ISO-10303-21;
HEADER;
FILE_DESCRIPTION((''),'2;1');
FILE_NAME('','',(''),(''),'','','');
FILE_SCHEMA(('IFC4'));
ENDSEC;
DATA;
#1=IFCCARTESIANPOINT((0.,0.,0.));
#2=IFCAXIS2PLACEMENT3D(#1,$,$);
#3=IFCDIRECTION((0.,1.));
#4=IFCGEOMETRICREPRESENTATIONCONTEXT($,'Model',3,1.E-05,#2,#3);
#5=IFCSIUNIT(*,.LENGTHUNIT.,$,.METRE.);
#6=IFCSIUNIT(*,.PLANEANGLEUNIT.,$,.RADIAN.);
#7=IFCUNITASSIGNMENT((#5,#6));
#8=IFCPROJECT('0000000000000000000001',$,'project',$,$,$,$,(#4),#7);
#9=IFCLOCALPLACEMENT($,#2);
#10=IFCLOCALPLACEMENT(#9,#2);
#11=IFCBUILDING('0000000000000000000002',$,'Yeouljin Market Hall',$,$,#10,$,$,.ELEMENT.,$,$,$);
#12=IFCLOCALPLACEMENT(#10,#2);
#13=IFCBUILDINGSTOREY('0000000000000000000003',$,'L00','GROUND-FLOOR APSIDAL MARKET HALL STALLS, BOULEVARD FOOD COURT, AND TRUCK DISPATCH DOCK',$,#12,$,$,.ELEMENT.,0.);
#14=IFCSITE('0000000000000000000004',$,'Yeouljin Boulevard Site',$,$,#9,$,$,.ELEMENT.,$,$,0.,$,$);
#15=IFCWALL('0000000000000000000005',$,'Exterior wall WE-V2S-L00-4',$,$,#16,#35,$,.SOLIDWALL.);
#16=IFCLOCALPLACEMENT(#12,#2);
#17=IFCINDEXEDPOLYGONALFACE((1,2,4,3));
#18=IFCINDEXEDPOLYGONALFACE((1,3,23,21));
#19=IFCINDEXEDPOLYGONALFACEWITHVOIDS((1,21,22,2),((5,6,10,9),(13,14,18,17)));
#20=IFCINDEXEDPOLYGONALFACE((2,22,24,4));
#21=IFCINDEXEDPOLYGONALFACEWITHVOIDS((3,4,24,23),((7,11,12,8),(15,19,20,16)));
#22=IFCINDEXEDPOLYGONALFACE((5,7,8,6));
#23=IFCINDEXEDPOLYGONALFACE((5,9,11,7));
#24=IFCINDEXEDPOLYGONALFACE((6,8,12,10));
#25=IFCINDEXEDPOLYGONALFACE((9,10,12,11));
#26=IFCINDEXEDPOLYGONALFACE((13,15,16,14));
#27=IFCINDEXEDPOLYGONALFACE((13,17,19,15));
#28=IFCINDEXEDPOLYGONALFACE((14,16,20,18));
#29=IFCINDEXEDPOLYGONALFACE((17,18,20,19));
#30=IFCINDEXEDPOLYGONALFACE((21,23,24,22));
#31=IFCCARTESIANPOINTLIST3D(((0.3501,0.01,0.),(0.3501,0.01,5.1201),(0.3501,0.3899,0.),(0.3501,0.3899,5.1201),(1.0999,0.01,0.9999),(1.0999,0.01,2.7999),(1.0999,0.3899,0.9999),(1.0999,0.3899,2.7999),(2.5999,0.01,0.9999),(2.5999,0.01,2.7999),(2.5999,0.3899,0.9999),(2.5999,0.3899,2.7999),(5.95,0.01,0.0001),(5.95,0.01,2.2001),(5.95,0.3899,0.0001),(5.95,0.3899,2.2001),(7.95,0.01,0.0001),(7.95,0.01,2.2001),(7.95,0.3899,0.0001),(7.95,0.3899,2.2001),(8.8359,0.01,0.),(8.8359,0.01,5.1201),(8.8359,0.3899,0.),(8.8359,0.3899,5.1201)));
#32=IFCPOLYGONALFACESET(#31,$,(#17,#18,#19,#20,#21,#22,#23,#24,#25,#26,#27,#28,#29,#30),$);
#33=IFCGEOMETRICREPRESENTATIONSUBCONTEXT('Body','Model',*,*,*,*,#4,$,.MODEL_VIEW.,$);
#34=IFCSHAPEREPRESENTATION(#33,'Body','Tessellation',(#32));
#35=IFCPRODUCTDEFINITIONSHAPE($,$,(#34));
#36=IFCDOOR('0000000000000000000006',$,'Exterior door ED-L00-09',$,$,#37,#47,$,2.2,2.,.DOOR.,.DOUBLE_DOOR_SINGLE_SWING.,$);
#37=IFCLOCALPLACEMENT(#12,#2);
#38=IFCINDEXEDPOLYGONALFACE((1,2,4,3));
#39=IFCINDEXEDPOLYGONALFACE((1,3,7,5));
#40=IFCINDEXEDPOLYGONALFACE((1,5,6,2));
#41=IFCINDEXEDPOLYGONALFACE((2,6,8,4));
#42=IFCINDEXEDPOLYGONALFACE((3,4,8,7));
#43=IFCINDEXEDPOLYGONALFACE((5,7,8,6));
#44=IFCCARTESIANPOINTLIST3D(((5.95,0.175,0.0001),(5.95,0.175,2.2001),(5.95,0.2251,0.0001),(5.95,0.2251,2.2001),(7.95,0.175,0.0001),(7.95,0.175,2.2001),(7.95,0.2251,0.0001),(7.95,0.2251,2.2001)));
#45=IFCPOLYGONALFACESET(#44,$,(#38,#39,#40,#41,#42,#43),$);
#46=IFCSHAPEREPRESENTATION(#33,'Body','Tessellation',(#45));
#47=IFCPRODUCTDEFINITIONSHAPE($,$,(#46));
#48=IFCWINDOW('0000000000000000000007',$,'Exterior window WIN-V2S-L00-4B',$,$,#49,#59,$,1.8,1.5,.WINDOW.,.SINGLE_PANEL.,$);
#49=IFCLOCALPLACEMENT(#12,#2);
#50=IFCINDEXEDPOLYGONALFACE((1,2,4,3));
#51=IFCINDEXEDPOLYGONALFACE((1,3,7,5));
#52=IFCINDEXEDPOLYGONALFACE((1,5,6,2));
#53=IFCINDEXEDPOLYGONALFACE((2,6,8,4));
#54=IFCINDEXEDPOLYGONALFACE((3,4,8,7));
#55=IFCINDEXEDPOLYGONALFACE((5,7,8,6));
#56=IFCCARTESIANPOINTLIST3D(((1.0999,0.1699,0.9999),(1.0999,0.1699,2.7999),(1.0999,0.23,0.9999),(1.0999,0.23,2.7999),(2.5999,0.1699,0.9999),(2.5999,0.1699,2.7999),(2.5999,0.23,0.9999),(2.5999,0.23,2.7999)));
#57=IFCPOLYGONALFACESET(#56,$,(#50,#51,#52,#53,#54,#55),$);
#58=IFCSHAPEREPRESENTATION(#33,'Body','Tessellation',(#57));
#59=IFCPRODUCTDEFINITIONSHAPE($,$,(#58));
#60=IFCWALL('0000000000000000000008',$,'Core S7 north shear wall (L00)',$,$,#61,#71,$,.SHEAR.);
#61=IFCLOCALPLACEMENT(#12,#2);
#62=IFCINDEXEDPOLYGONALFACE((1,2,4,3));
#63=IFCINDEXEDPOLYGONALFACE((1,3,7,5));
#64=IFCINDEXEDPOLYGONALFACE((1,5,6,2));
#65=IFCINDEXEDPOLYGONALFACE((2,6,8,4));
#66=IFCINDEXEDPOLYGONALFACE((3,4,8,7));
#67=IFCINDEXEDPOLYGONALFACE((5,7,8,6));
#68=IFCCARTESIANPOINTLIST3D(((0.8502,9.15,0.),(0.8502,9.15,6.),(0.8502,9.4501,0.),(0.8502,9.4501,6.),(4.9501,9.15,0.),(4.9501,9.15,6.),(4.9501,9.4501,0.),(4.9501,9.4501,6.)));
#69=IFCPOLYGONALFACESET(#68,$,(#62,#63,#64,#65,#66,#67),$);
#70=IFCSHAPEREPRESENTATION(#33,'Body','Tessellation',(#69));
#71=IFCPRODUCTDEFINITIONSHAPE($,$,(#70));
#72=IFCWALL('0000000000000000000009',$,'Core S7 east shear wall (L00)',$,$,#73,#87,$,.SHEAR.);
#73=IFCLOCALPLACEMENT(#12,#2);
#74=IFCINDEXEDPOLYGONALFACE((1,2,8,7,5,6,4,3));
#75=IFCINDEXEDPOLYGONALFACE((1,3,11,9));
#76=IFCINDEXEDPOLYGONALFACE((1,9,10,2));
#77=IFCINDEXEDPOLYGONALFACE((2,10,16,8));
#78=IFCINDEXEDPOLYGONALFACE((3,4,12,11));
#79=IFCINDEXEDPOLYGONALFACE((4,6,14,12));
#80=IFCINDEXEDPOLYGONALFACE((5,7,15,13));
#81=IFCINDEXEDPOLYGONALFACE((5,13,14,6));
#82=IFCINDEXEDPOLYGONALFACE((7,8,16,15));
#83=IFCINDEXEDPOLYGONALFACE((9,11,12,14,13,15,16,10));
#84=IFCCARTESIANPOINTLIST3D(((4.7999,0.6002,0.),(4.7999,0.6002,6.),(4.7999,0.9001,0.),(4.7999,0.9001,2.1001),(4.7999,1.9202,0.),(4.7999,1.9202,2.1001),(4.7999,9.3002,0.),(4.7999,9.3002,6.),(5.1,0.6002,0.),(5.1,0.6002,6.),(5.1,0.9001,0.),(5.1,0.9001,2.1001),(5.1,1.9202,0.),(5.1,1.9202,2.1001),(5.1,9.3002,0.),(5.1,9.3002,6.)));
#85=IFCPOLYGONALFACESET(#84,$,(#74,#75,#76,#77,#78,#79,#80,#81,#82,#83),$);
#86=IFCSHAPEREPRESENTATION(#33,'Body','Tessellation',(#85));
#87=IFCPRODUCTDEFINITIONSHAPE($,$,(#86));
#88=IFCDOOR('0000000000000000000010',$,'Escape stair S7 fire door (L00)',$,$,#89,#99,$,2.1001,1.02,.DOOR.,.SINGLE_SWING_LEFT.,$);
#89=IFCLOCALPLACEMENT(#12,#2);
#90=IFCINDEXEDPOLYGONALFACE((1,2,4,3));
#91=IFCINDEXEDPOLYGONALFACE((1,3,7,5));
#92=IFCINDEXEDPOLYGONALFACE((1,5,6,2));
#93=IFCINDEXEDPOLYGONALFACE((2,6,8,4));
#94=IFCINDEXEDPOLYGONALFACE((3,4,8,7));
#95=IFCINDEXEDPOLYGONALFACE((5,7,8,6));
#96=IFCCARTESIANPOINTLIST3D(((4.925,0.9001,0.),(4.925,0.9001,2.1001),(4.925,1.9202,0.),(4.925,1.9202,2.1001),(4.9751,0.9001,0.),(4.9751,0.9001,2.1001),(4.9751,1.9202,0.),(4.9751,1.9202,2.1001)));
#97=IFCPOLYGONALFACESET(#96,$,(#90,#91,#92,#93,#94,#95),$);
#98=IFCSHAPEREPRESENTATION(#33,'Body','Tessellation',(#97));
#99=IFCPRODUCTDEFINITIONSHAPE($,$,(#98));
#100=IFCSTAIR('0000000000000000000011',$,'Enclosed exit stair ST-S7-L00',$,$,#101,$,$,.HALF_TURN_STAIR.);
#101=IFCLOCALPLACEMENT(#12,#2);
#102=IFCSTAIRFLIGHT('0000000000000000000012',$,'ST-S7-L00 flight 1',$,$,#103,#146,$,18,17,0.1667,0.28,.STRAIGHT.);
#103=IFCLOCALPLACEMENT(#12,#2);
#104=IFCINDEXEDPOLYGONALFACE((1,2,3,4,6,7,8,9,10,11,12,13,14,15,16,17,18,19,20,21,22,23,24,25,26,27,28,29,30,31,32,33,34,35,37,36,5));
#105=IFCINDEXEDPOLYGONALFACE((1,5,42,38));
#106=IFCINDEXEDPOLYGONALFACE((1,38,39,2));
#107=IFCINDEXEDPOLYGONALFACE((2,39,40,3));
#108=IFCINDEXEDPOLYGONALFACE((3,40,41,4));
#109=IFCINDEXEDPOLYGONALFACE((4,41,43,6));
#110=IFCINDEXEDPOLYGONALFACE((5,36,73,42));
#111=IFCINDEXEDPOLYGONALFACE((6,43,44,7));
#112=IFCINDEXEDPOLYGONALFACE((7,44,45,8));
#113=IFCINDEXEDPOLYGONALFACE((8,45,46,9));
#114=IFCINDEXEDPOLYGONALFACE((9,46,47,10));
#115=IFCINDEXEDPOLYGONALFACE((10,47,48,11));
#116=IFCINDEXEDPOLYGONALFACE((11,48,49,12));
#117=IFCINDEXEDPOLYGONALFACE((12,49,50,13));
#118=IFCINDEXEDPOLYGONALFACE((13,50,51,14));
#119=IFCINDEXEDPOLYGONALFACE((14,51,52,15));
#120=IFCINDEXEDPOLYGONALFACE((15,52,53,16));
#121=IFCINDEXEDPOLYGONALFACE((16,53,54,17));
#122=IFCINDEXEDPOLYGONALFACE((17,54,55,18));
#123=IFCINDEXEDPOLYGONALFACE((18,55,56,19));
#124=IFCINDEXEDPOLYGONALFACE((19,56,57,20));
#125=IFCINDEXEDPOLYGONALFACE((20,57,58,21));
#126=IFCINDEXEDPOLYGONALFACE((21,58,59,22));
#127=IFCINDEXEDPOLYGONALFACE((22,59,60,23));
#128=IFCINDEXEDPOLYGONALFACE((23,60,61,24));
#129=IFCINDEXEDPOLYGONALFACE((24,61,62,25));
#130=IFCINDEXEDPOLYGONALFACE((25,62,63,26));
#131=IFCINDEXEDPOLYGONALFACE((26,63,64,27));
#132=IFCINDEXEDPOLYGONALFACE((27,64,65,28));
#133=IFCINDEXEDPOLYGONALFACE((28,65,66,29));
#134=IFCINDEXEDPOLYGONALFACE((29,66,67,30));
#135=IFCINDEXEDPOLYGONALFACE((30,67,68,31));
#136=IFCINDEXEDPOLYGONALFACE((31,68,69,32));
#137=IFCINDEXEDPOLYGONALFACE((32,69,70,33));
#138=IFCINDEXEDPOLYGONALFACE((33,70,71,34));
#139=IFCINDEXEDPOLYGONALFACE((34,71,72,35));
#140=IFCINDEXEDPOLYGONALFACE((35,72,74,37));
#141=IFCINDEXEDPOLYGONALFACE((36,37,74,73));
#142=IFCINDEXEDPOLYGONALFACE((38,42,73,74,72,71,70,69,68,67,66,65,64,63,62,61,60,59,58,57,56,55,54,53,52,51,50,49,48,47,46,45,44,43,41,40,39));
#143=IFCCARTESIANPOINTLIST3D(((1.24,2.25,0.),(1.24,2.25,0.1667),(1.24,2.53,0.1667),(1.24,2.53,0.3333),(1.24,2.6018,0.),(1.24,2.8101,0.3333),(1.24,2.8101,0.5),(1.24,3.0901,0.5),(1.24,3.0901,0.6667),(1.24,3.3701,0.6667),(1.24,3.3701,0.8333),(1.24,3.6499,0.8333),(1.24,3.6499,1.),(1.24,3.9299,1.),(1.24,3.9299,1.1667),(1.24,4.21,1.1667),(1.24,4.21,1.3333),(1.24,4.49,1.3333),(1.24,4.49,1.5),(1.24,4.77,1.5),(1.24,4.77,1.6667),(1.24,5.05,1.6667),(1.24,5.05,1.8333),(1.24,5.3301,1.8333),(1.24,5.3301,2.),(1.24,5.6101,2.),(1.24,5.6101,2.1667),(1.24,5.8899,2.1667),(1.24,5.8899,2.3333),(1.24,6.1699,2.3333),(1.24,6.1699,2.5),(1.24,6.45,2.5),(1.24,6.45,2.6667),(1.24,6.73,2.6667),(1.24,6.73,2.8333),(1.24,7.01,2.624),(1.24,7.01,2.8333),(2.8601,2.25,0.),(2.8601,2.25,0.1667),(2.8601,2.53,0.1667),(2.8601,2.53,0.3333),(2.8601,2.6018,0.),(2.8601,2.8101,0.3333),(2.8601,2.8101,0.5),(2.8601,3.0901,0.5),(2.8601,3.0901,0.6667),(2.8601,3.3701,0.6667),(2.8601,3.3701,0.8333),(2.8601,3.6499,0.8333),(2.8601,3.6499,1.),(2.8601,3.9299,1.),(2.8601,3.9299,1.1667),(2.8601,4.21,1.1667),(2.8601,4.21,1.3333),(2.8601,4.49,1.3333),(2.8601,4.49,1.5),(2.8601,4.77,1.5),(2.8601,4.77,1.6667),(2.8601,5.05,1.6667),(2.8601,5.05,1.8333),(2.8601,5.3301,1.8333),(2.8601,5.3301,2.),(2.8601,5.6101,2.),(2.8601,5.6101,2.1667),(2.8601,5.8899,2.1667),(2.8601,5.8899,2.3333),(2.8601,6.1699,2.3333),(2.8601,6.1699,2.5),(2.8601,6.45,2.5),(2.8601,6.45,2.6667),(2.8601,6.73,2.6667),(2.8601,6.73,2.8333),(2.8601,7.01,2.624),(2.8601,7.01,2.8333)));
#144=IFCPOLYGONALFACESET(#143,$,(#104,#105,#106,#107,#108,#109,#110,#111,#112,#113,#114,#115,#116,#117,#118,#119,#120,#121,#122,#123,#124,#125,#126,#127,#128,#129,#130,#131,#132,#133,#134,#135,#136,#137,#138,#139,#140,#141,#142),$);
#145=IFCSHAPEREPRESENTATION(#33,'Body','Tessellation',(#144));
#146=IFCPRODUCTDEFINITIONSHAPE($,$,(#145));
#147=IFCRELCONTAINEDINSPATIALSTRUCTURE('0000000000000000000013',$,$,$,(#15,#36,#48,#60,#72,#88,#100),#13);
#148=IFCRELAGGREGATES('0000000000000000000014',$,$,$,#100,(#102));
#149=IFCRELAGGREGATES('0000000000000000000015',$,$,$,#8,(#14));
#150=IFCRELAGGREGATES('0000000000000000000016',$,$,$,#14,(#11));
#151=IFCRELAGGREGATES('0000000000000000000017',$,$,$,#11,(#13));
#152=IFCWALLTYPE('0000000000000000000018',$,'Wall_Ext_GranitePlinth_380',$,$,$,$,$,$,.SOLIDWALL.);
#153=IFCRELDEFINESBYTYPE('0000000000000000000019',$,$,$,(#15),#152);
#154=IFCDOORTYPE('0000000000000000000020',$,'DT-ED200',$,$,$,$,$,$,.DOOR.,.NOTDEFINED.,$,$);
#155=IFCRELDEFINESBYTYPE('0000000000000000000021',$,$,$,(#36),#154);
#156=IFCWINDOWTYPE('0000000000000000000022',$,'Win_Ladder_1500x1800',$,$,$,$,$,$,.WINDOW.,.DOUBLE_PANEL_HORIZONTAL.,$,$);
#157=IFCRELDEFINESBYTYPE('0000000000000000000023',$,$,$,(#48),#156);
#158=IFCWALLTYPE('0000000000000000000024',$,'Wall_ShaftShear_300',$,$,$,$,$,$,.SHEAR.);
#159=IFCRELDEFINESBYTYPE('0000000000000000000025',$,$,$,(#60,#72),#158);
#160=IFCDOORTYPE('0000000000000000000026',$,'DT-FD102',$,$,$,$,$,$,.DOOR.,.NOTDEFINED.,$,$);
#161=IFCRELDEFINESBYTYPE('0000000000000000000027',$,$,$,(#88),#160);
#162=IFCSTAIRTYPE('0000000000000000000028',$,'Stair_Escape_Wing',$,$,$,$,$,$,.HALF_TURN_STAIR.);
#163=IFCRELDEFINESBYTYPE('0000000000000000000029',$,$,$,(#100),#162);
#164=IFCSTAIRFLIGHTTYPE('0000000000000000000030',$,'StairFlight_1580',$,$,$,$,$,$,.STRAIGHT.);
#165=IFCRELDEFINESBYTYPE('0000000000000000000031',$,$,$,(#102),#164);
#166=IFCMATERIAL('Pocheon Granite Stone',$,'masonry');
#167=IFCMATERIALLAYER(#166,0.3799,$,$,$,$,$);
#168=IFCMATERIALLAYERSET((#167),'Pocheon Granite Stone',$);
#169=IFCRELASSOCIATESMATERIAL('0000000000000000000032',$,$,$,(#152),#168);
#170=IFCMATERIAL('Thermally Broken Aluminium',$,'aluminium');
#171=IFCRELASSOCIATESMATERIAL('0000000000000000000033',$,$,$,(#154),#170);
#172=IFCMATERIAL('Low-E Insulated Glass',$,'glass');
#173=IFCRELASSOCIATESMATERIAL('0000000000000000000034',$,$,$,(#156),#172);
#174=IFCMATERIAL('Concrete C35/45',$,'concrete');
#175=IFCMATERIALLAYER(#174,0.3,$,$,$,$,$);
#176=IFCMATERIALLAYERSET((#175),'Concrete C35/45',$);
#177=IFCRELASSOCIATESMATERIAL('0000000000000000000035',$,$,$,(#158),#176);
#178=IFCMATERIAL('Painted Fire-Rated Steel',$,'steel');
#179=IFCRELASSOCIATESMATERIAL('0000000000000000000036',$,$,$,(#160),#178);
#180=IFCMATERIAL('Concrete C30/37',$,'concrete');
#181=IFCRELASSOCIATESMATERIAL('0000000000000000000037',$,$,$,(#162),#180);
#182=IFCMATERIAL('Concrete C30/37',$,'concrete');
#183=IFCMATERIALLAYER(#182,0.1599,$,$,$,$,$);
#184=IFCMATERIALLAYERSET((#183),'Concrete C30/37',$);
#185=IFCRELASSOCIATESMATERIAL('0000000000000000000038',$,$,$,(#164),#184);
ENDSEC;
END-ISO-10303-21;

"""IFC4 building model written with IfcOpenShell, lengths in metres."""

from ifc_helpers import new_model, si_unit, direction, frame, frame_2d, origin, place, context, subcontext, project, spatial, polyline, rectangle, outline, extrude, material, layer, layer_set, type_object, element, fill, aggregate, save


model = new_model("IFC4")

# Units and contexts
model_context = context("Model", 3, precision=1e-05, world=origin(), true_north=direction((0.0, 1.0)))
body_context = subcontext(model_context, "Body", "Model", "MODEL_VIEW")
ifc_project = project(units=[si_unit("LENGTHUNIT", "METRE"), si_unit("PLANEANGLEUNIT", "RADIAN")], contexts=[model_context])

# Site, building, storey
site_placement = place(None, origin())
site = spatial("IfcSite", under=ifc_project, at=site_placement, Name="Yeouljin Boulevard Site", CompositionType="ELEMENT", RefElevation=0.0)
building_placement = place(site_placement, origin())
building = spatial("IfcBuilding", under=site, at=building_placement, Name="Yeouljin Market Hall", CompositionType="ELEMENT")
storey_placement = place(building_placement, origin())
storey = spatial("IfcBuildingStorey", under=building, at=storey_placement, Name="L00", Description="GROUND-FLOOR APSIDAL MARKET HALL STALLS, BOULEVARD FOOD COURT, AND TRUCK DISPATCH DOCK", CompositionType="ELEMENT", Elevation=0.0)

# Wall, openings, door, window
ifc_material_1 = material(Name="Pocheon Granite Stone", Category="masonry")
ifc_layer_1 = layer(ifc_material_1, 0.3799)
ifc_layer_set_1 = layer_set([ifc_layer_1], Name="Pocheon Granite Stone")
wall_type_1 = type_object("IfcWallType", Name="Wall_Ext_GranitePlinth_380", PredefinedType="SOLIDWALL", material=ifc_layer_set_1)
wall_1_placement = place(storey_placement, frame((8.8359, 0.2, 0.0), z_axis=(0.0, 0.0, 1.0), x_axis=(-1.0, 0.0, 0.0)))
wall_1 = element("IfcWall", 1, at=wall_1_placement, inside=storey, type_object=wall_type_1, Name="Exterior wall WE-V2S-L00-4", PredefinedType="SOLIDWALL", context=body_context, shape_type="SweptSolid", body=[
    extrude(rectangle(XDim=8.4858, YDim=0.3799, at=frame_2d((4.2429, 0.0))), origin(), (0.0, 0.0, 1.0), 5.1201),
])
opening_1_placement = place(wall_1_placement, frame((0.886, 0.0, 0.0)))
opening_1 = element("IfcOpeningElement", 2, at=opening_1_placement, cuts=wall_1, PredefinedType="OPENING", context=body_context, shape_type="SweptSolid", body=[
    extrude(rectangle(XDim=2.0, YDim=2.2, at=frame_2d((1.0, 1.1001))), frame((0.0, 0.2, 0.0), z_axis=(0.0, -1.0, 0.0), x_axis=(1.0, 0.0, 0.0)), (0.0, 0.0, 1.0), 0.3999),
])
opening_2_placement = place(wall_1_placement, frame((6.2361, 0.0, 1.0)))
opening_2 = element("IfcOpeningElement", 3, at=opening_2_placement, cuts=wall_1, PredefinedType="OPENING", context=body_context, shape_type="SweptSolid", body=[
    extrude(rectangle(XDim=1.5, YDim=1.8, at=frame_2d((0.75, 0.8999))), frame((0.0, 0.2, 0.0), z_axis=(0.0, -1.0, 0.0), x_axis=(1.0, 0.0, 0.0)), (0.0, 0.0, 1.0), 0.3999),
])
ifc_material_2 = material(Name="Thermally Broken Aluminium", Category="aluminium")
door_type_1 = type_object("IfcDoorType", Name="DT-ED200", OperationType="NOTDEFINED", PredefinedType="DOOR", material=ifc_material_2)
door_1_placement = place(opening_1_placement, origin())
door_1 = element("IfcDoor", 4, at=door_1_placement, inside=storey, type_object=door_type_1, Name="Exterior door ED-L00-09", OperationType="DOUBLE_DOOR_SINGLE_SWING", OverallHeight=2.2, OverallWidth=2.0, PredefinedType="DOOR", context=body_context, shape_type="SweptSolid", body=[
    extrude(rectangle(XDim=2.0, YDim=2.2, at=frame_2d((1.0, 1.1001))), frame((0.0, 0.0249, 0.0), z_axis=(0.0, -1.0, 0.0), x_axis=(1.0, 0.0, 0.0)), (0.0, 0.0, 1.0), 0.05),
])
fill(opening_1, door_1)
ifc_material_3 = material(Name="Low-E Insulated Glass", Category="glass")
window_type = type_object("IfcWindowType", Name="Win_Ladder_1500x1800", PartitioningType="DOUBLE_PANEL_HORIZONTAL", PredefinedType="WINDOW", material=ifc_material_3)
window_placement = place(opening_2_placement, origin())
window = element("IfcWindow", 5, at=window_placement, inside=storey, type_object=window_type, Name="Exterior window WIN-V2S-L00-4B", OverallHeight=1.8, OverallWidth=1.5, PartitioningType="SINGLE_PANEL", PredefinedType="WINDOW", context=body_context, shape_type="SweptSolid", body=[
    extrude(rectangle(XDim=1.5, YDim=1.8, at=frame_2d((0.75, 0.8999))), frame((0.0, 0.03, 0.0), z_axis=(0.0, -1.0, 0.0), x_axis=(1.0, 0.0, 0.0)), (0.0, 0.0, 1.0), 0.0601),
])
fill(opening_2, window)

# Wall
ifc_material_4 = material(Name="Concrete C35/45", Category="concrete")
ifc_layer_2 = layer(ifc_material_4, 0.3)
ifc_layer_set_2 = layer_set([ifc_layer_2], Name="Concrete C35/45")
wall_type_2 = type_object("IfcWallType", Name="Wall_ShaftShear_300", PredefinedType="SHEAR", material=ifc_layer_set_2)
wall_2_placement = place(storey_placement, frame((4.95, 9.3, 0.0), z_axis=(0.0, 0.0, 1.0), x_axis=(-1.0, 0.0, 0.0)))
element("IfcWall", 6, at=wall_2_placement, inside=storey, type_object=wall_type_2, Name="Core S7 north shear wall (L00)", PredefinedType="SHEAR", context=body_context, shape_type="SweptSolid", body=[
    extrude(rectangle(XDim=4.0999, YDim=0.3, at=frame_2d((2.0498, 0.0))), origin(), (0.0, 0.0, 1.0), 6.0),
])

# Wall, opening, door
wall_3_placement = place(storey_placement, frame((4.95, 0.6001, 0.0), z_axis=(0.0, 0.0, 1.0), x_axis=(0.0, 1.0, 0.0)))
wall_3 = element("IfcWall", 7, at=wall_3_placement, inside=storey, type_object=wall_type_2, Name="Core S7 east shear wall (L00)", PredefinedType="SHEAR", context=body_context, shape_type="SweptSolid", body=[
    extrude(rectangle(XDim=8.7, YDim=0.3, at=frame_2d((4.3501, 0.0))), origin(), (0.0, 0.0, 1.0), 6.0),
])
opening_3_placement = place(wall_3_placement, frame((0.3, 0.0, 0.0)))
opening_3 = element("IfcOpeningElement", 8, at=opening_3_placement, cuts=wall_3, PredefinedType="OPENING", context=body_context, shape_type="SweptSolid", body=[
    extrude(rectangle(XDim=1.02, YDim=2.1001, at=frame_2d((0.51, 1.05))), frame((0.0, 0.1599, 0.0), z_axis=(0.0, -1.0, 0.0), x_axis=(1.0, 0.0, 0.0)), (0.0, 0.0, 1.0), 0.3201),
])
ifc_material_5 = material(Name="Painted Fire-Rated Steel", Category="steel")
door_type_2 = type_object("IfcDoorType", Name="DT-FD102", OperationType="NOTDEFINED", PredefinedType="DOOR", material=ifc_material_5)
door_2_placement = place(opening_3_placement, origin())
door_2 = element("IfcDoor", 9, at=door_2_placement, inside=storey, type_object=door_type_2, Name="Escape stair S7 fire door (L00)", OperationType="SINGLE_SWING_LEFT", OverallHeight=2.1001, OverallWidth=1.02, PredefinedType="DOOR", context=body_context, shape_type="SweptSolid", body=[
    extrude(rectangle(XDim=1.02, YDim=2.1001, at=frame_2d((0.51, 1.05))), frame((0.0, 0.0249, 0.0), z_axis=(0.0, -1.0, 0.0), x_axis=(1.0, 0.0, 0.0)), (0.0, 0.0, 1.0), 0.05),
])
fill(opening_3, door_2)

# Stair, stair flight
ifc_material_6 = material(Name="Concrete C30/37", Category="concrete")
stair_type = type_object("IfcStairType", Name="Stair_Escape_Wing", PredefinedType="HALF_TURN_STAIR", material=ifc_material_6)
stair_placement = place(storey_placement, origin())
stair = element("IfcStair", 10, at=stair_placement, inside=storey, type_object=stair_type, Name="Enclosed exit stair ST-S7-L00", PredefinedType="HALF_TURN_STAIR")
ifc_material_7 = material(Name="Concrete C30/37", Category="concrete")
ifc_layer_3 = layer(ifc_material_7, 0.1599)
ifc_layer_set_3 = layer_set([ifc_layer_3], Name="Concrete C30/37")
stair_flight_type = type_object("IfcStairFlightType", Name="StairFlight_1580", PredefinedType="STRAIGHT", material=ifc_layer_set_3)
stair_flight_1_placement = place(storey_placement, frame((2.05, 2.25, 0.0), z_axis=(0.0, 0.0, 1.0), x_axis=(0.0, 1.0, 0.0)))
stair_flight_1 = element("IfcStairFlight", 11, at=stair_flight_1_placement, type_object=stair_flight_type, Name="ST-S7-L00 flight 1", NumberOfRisers=18, NumberOfTreads=17, PredefinedType="STRAIGHT", RiserHeight=0.1667, TreadLength=0.28, context=body_context, shape_type="SweptSolid", body=[
    extrude(outline(polyline([(0.0, 0.0), (0.0, 0.1667), (0.28, 0.1667), (0.28, 0.3333), (0.5601, 0.3333), (0.5601, 0.5), (0.8401, 0.5), (0.8401, 0.6667), (1.1201, 0.6667), (1.1201, 0.8333), (1.3999, 0.8333), (1.3999, 1.0), (1.6799, 1.0), (1.6799, 1.1667), (1.96, 1.1667), (1.96, 1.3333), (2.24, 1.3333), (2.24, 1.5), (2.52, 1.5), (2.52, 1.6667), (2.8, 1.6667), (2.8, 1.8333), (3.0801, 1.8333), (3.0801, 2.0), (3.3601, 2.0), (3.3601, 2.1667), (3.6399, 2.1667), (3.6399, 2.3333), (3.9199, 2.3333), (3.9199, 2.5), (4.2, 2.5), (4.2, 2.6667), (4.48, 2.6667), (4.48, 2.8333), (4.76, 2.8333), (4.76, 3.0), (4.76, 2.624), (0.3518, 0.0), (0.0, 0.0)])), frame((0.0, 0.8101, 0.0), z_axis=(0.0, -1.0, 0.0), x_axis=(1.0, 0.0, 0.0)), (0.0, 0.0, 1.0), 1.6201),
])
aggregate(stair, [stair_flight_1])

save(model, "model.ifc")
